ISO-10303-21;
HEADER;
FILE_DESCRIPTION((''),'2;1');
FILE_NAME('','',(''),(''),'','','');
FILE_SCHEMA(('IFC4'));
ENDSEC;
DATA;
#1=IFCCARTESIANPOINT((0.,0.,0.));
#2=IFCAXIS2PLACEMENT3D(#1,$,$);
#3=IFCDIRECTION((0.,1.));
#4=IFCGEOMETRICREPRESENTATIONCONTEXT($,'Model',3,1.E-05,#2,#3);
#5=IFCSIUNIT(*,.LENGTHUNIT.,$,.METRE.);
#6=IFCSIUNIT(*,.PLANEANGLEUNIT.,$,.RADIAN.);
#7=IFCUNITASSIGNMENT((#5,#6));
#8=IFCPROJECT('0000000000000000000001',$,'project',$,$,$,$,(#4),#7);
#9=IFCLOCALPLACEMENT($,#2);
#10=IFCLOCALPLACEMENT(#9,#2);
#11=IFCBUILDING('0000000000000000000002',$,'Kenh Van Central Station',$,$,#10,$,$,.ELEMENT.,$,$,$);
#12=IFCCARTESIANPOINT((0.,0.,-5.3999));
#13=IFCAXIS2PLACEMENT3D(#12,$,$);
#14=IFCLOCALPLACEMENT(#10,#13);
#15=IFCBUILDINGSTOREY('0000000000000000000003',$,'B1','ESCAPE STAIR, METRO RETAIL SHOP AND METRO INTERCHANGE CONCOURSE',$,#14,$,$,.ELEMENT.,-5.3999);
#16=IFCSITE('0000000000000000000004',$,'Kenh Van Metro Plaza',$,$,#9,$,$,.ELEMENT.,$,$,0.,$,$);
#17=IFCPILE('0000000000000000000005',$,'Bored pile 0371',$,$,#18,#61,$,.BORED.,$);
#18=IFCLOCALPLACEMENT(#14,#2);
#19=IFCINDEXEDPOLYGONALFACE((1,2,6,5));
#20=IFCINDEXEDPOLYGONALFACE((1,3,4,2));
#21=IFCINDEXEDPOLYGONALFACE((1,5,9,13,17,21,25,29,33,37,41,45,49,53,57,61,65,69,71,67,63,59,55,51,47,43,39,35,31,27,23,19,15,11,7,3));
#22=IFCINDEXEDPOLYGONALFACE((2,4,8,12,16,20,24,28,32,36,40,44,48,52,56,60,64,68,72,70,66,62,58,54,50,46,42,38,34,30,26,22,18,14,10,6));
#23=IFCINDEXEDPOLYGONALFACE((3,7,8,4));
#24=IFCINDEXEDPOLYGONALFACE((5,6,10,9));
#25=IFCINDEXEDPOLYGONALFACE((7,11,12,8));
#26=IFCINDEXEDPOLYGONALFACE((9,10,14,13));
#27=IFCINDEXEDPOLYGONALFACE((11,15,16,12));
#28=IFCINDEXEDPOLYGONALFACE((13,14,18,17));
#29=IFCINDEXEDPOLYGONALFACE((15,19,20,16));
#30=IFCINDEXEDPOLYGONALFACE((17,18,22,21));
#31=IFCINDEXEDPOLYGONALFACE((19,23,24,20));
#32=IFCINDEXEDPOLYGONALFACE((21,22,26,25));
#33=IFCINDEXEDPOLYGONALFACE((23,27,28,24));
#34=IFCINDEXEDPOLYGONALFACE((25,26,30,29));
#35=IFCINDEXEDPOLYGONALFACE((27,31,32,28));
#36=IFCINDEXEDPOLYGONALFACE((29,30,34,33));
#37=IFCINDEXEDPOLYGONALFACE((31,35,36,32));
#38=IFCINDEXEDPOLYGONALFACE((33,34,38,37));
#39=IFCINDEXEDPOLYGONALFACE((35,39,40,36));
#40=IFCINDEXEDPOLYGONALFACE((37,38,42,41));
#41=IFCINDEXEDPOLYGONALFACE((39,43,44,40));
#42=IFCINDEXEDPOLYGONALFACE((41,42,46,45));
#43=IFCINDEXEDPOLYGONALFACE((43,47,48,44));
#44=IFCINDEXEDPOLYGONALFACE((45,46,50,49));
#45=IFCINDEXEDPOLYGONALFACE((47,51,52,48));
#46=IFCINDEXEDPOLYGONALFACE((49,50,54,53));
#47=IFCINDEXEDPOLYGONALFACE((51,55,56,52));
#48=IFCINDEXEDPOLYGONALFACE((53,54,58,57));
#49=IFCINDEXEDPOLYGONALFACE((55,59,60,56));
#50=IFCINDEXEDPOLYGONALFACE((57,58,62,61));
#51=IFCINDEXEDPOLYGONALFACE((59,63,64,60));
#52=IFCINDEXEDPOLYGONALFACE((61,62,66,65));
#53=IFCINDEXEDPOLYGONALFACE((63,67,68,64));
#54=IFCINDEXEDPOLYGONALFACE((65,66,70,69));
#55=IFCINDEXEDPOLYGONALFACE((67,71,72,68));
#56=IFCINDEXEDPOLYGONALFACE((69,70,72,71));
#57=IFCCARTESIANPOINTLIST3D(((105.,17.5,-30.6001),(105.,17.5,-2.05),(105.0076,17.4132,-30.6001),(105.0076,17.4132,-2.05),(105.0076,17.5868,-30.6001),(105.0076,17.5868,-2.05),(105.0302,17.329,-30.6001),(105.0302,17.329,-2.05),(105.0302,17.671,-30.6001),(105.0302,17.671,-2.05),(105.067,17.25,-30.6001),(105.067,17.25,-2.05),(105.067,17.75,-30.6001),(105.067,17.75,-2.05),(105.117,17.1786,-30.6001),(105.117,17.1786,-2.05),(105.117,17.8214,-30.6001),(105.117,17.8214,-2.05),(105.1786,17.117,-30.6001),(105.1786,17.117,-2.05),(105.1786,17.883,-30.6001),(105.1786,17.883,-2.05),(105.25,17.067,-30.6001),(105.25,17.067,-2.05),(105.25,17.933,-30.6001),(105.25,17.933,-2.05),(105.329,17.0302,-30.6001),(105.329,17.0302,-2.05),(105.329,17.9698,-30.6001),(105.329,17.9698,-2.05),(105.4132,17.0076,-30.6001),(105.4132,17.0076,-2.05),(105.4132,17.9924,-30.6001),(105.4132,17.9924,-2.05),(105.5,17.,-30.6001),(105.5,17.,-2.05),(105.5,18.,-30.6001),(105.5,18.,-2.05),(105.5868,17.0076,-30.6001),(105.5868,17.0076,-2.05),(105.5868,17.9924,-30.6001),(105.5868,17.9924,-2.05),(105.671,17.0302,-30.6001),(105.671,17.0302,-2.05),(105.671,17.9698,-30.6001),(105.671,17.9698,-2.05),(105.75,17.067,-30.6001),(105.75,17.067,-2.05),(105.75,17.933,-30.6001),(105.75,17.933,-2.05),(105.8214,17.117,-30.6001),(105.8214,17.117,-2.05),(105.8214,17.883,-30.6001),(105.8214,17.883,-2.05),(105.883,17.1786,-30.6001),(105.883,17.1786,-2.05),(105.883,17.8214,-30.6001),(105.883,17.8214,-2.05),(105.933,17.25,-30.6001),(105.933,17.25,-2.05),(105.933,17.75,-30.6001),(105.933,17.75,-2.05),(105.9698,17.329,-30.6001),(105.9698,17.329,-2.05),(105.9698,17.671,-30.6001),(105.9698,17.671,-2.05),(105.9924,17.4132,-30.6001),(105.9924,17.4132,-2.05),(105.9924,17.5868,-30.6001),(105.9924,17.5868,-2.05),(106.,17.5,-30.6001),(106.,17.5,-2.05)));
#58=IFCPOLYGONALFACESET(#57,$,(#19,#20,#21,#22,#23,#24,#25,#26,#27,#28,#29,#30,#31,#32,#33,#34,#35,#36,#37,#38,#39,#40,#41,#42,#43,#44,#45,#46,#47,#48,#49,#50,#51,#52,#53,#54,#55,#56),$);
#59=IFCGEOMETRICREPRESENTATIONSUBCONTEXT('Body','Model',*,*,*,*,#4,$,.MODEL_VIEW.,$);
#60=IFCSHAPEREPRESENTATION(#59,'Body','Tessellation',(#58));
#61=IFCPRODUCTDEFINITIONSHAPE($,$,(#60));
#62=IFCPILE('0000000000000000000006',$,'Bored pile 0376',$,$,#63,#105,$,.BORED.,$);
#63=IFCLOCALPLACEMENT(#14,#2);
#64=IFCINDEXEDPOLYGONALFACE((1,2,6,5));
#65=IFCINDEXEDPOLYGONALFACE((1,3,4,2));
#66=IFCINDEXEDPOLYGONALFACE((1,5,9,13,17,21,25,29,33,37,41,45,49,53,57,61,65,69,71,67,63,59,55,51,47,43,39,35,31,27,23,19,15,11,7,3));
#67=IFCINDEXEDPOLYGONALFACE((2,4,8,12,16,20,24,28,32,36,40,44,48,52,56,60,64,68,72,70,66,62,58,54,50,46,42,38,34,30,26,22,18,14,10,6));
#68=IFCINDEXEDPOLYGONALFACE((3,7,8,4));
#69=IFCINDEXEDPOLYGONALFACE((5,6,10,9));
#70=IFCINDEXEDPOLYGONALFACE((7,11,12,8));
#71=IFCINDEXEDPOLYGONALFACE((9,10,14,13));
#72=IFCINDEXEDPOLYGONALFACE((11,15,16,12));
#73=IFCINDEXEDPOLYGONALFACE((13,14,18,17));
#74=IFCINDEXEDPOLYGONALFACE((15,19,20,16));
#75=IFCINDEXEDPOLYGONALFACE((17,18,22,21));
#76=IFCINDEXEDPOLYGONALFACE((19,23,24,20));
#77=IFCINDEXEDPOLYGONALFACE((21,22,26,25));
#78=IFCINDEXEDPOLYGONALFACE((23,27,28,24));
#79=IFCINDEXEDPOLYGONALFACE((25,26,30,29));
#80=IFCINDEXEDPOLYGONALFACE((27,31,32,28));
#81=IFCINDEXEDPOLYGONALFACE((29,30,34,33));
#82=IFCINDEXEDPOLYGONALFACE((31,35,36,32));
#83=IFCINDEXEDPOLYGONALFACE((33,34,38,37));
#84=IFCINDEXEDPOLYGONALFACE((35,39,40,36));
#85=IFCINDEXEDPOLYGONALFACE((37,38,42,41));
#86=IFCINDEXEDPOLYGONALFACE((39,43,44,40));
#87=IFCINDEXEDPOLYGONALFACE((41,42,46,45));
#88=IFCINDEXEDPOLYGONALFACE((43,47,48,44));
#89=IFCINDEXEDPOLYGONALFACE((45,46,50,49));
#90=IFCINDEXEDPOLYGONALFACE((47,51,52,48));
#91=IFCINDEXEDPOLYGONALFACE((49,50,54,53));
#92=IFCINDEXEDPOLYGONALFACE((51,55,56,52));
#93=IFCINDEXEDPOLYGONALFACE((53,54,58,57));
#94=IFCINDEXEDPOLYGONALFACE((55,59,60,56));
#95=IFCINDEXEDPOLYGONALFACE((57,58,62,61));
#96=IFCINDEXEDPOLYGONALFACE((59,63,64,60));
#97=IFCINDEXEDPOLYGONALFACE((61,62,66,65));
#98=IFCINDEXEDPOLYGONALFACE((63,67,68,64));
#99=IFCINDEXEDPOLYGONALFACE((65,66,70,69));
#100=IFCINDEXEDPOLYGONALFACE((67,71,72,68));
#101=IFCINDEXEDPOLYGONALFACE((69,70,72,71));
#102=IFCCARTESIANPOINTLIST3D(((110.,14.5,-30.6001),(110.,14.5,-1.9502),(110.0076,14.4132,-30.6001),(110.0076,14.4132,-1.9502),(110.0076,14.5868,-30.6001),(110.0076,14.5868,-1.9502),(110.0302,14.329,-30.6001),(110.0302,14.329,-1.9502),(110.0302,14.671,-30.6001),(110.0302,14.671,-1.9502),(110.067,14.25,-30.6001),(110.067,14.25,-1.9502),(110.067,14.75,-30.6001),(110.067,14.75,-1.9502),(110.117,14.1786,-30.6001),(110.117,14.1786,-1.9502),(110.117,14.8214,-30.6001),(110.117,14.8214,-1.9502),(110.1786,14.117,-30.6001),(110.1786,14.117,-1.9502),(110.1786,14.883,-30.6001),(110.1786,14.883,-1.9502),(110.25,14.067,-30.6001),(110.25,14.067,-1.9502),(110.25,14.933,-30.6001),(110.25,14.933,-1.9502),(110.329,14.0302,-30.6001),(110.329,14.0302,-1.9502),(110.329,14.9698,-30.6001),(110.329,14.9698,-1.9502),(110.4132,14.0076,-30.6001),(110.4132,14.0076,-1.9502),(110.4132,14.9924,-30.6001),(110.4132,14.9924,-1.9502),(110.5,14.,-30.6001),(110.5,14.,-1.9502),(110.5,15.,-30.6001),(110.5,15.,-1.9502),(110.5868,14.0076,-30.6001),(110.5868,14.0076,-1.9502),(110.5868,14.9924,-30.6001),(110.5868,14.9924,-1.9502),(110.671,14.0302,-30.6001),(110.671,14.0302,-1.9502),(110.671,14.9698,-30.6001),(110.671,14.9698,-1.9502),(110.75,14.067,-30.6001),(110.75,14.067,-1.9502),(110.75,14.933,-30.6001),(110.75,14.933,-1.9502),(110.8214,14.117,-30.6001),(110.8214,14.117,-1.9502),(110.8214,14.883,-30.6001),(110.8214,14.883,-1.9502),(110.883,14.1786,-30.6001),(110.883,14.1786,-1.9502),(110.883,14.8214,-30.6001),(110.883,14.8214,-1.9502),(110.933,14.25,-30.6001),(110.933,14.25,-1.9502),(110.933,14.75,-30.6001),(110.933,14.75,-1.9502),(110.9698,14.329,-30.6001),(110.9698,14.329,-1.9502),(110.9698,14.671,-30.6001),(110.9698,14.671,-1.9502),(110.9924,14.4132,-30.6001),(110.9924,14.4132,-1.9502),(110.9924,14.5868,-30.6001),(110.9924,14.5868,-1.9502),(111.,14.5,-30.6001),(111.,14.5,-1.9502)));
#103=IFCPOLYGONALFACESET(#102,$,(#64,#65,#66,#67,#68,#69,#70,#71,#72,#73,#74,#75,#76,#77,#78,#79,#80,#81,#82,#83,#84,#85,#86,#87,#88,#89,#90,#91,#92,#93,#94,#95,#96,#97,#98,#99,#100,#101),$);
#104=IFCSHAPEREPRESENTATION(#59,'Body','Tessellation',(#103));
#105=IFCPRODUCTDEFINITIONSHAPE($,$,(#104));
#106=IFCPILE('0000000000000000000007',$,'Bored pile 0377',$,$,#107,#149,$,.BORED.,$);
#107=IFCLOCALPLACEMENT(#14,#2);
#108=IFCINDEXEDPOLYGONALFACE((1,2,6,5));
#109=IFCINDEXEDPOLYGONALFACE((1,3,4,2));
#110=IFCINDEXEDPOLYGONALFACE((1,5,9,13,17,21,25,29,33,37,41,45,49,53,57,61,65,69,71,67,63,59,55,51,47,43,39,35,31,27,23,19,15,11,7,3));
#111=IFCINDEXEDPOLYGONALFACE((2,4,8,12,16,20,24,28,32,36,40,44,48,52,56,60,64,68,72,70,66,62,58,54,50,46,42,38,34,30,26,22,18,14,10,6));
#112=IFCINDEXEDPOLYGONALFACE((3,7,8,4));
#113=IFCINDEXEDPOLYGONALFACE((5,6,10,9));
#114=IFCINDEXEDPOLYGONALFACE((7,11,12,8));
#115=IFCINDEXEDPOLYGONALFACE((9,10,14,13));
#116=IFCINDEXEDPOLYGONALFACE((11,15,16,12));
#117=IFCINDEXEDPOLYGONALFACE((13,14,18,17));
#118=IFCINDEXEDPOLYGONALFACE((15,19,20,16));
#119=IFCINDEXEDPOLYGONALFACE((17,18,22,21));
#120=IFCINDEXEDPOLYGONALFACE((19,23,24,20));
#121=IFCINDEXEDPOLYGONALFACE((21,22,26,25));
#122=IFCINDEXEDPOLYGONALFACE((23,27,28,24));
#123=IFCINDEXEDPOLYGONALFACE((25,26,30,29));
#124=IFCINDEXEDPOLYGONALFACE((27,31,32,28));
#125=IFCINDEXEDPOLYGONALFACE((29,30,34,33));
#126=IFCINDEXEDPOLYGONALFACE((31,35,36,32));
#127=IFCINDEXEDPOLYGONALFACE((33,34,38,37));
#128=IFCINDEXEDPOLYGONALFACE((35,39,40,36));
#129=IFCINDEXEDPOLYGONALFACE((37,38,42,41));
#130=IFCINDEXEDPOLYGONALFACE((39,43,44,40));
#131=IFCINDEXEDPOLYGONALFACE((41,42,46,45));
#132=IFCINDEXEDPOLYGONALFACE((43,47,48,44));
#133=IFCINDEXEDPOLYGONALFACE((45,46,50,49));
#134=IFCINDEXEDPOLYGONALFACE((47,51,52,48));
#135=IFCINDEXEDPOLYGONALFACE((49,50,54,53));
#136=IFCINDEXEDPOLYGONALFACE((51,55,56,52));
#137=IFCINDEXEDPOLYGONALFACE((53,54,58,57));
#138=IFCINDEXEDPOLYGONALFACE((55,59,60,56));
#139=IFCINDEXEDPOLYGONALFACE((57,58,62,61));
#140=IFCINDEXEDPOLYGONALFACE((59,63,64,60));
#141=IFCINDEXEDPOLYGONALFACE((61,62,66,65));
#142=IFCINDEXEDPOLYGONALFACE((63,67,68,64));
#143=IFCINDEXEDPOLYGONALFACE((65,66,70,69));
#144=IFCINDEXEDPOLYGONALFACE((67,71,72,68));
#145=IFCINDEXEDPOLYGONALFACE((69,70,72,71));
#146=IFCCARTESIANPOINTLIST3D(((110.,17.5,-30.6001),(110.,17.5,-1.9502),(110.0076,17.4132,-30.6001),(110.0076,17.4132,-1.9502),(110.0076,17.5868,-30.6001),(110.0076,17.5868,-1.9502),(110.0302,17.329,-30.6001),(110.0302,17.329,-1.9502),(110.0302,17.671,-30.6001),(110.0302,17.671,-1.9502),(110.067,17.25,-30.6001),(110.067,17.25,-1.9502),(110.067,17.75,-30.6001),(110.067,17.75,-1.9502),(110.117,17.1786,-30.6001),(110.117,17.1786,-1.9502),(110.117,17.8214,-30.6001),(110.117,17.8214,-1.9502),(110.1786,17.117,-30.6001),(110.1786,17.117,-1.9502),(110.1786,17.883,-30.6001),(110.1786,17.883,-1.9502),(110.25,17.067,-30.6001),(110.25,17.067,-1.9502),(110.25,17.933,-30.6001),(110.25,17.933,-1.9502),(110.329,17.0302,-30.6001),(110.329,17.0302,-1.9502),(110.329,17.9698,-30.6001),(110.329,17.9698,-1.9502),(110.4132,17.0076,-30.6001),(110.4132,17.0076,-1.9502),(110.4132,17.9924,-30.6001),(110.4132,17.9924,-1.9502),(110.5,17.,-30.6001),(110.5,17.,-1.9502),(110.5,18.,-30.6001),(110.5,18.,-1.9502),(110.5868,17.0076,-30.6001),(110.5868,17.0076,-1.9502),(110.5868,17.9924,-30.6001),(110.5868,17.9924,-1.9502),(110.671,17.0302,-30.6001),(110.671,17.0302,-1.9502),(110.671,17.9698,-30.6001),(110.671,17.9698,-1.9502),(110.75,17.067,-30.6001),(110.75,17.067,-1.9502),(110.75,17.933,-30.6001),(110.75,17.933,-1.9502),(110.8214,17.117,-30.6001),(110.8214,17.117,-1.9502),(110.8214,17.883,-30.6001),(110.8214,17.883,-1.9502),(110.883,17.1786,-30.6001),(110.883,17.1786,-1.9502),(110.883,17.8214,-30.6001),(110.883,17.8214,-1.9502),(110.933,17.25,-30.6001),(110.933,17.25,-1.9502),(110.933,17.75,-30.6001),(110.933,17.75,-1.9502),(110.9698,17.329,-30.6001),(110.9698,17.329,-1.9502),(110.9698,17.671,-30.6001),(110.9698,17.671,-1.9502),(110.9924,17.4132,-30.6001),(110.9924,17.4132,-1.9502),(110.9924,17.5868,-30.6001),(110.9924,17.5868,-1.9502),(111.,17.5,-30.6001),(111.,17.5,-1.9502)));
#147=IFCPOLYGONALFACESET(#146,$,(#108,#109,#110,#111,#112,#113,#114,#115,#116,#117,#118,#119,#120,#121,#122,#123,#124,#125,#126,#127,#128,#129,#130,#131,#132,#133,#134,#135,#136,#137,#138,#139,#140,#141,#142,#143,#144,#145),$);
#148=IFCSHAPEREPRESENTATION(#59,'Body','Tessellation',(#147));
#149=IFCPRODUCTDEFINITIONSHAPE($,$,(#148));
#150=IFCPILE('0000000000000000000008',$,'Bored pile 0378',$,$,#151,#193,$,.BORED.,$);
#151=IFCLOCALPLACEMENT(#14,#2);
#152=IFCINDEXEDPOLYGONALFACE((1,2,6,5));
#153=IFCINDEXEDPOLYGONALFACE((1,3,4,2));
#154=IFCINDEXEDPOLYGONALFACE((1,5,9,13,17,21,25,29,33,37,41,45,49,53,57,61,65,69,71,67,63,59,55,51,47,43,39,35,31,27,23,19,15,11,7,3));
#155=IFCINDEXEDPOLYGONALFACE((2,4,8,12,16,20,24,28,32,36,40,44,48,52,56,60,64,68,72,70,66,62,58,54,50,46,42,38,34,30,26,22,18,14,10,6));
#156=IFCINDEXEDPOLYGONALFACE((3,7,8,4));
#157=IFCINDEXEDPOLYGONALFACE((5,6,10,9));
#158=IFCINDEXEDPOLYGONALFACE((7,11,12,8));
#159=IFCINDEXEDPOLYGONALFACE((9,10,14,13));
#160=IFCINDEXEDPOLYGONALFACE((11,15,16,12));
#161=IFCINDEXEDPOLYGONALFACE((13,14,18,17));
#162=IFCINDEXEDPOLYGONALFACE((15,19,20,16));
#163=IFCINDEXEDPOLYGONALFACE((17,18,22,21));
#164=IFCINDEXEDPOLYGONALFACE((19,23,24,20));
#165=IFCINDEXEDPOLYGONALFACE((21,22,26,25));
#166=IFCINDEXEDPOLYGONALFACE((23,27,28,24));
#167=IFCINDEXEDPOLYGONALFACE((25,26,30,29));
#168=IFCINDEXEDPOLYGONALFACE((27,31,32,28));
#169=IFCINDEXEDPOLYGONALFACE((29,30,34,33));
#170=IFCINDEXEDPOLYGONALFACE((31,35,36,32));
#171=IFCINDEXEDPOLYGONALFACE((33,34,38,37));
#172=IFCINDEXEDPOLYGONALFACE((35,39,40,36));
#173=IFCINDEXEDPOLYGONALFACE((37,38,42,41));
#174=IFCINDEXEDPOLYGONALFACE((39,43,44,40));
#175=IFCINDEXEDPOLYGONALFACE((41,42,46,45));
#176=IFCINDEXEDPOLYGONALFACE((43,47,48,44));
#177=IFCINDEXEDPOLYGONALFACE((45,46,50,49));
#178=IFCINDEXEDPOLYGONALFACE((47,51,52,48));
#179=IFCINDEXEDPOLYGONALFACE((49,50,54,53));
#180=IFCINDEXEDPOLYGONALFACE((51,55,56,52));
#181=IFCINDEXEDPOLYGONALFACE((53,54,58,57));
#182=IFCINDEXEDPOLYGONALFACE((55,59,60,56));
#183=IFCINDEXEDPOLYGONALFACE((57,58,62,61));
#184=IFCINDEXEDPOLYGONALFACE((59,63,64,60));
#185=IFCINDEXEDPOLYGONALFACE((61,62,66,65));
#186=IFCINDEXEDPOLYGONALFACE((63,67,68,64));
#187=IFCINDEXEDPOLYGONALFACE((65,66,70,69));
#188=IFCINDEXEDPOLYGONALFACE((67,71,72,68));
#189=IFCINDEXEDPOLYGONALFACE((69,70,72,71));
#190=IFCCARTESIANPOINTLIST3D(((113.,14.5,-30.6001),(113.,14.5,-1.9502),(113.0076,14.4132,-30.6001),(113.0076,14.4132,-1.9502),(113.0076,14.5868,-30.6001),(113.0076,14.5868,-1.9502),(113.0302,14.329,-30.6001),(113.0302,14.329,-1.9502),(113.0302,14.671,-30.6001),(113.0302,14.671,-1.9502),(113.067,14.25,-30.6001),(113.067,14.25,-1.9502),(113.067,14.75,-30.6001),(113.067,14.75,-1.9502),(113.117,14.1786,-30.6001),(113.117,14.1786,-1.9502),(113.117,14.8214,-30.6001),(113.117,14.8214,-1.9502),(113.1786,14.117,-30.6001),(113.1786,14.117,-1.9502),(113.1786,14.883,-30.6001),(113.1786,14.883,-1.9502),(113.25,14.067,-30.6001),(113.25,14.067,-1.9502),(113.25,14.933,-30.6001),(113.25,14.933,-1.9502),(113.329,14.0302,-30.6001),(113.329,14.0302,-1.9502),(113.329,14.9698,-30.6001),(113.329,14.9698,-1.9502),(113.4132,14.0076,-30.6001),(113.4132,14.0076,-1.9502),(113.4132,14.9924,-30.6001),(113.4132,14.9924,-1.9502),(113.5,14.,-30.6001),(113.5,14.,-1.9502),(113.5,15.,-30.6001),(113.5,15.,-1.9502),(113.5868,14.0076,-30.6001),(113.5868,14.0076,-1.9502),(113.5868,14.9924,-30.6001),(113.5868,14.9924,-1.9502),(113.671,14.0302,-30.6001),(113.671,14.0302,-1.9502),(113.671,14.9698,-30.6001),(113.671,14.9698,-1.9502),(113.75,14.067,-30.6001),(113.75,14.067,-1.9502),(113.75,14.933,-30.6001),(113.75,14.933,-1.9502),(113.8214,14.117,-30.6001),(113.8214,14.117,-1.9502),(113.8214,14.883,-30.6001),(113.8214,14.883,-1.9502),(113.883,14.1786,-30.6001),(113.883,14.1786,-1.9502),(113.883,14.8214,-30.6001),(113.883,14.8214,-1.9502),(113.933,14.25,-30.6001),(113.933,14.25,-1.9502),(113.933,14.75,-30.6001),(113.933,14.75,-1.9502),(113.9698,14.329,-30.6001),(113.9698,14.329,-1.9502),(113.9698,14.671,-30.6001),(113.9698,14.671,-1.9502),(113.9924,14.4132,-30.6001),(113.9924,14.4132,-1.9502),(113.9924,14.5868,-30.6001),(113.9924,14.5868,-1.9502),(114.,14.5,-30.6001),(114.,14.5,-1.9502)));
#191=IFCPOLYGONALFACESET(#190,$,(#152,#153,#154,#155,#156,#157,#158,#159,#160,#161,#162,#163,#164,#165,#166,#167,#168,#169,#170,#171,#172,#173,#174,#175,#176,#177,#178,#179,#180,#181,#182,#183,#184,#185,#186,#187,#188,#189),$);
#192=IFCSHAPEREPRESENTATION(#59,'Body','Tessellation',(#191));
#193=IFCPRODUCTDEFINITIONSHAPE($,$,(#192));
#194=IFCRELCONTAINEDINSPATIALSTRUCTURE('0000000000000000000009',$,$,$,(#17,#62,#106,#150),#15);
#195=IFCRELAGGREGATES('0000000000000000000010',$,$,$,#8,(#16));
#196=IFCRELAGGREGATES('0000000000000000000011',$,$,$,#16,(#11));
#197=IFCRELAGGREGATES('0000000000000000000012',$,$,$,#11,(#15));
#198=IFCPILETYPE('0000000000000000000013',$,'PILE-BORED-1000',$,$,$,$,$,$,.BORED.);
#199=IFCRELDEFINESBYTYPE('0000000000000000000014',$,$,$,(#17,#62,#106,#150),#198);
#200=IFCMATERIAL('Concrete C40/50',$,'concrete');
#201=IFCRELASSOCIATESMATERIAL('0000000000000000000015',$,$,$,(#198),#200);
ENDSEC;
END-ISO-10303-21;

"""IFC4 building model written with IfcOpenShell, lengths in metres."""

from ifc_helpers import new_model, si_unit, direction, frame, origin, origin_2d, place, context, subcontext, project, spatial, circle, extrude, material, material_profile, profile_set, type_object, element, save


model = new_model("IFC4")

# Units and contexts
model_context = context("Model", 3, precision=1e-05, world=origin(), true_north=direction((0.0, 1.0)))
body_context = subcontext(model_context, "Body", "Model", "MODEL_VIEW")
ifc_project = project(units=[si_unit("LENGTHUNIT", "METRE"), si_unit("PLANEANGLEUNIT", "RADIAN")], contexts=[model_context])

# Site, building, storey
site_placement = place(None, origin())
site = spatial("IfcSite", under=ifc_project, at=site_placement, Name="Kenh Van Metro Plaza", CompositionType="ELEMENT", RefElevation=0.0)
building_placement = place(site_placement, origin())
building = spatial("IfcBuilding", under=site, at=building_placement, Name="Kenh Van Central Station", CompositionType="ELEMENT")
storey_placement = place(building_placement, frame((0.0, 0.0, -5.3999)))
storey = spatial("IfcBuildingStorey", under=building, at=storey_placement, Name="B1", Description="ESCAPE STAIR, METRO RETAIL SHOP AND METRO INTERCHANGE CONCOURSE", CompositionType="ELEMENT", Elevation=-5.3999)

# Shared definitions
ifc_material_1 = material(Name="Concrete C40/50", Category="concrete")

# Piles
ifc_material_profile_1 = material_profile(ifc_material_1, circle(Radius=0.5, at=origin_2d()), Name="PILE D1000")
ifc_profile_set_1 = profile_set([ifc_material_profile_1], Name="Concrete C40/50")
pile_type = type_object("IfcPileType", Name="PILE-BORED-1000", PredefinedType="BORED", material=ifc_profile_set_1)
for number, where, z_axis, x_axis, name in (
    (1, (105.5, 17.5, -2.05), (0.0, 0.0, -1.0), (1.0, 0.0, 0.0), "Bored pile 0371"),
):
    element("IfcPile", number, at=place(storey_placement, frame(where, z_axis=z_axis, x_axis=x_axis)), inside=storey, type_object=pile_type, Name=name, PredefinedType="BORED", context=body_context, shape_type="SweptSolid", body=[
        extrude(circle(Radius=0.5, at=origin_2d()), origin(), (0.0, 0.0, 1.0), 28.55),
    ])
for number, where, z_axis, x_axis, name in (
    (2, (110.5, 14.5, -1.9502), (0.0, 0.0, -1.0), (1.0, 0.0, 0.0), "Bored pile 0376"),
    (3, (110.5, 17.5, -1.9502), (0.0, 0.0, -1.0), (1.0, 0.0, 0.0), "Bored pile 0377"),
    (4, (113.5, 14.5, -1.9502), (0.0, 0.0, -1.0), (1.0, 0.0, 0.0), "Bored pile 0378"),
):
    element("IfcPile", number, at=place(storey_placement, frame(where, z_axis=z_axis, x_axis=x_axis)), inside=storey, type_object=pile_type, Name=name, PredefinedType="BORED", context=body_context, shape_type="SweptSolid", body=[
        extrude(circle(Radius=0.5, at=origin_2d()), origin(), (0.0, 0.0, 1.0), 28.6499),
    ])

save(model, "model.ifc")
